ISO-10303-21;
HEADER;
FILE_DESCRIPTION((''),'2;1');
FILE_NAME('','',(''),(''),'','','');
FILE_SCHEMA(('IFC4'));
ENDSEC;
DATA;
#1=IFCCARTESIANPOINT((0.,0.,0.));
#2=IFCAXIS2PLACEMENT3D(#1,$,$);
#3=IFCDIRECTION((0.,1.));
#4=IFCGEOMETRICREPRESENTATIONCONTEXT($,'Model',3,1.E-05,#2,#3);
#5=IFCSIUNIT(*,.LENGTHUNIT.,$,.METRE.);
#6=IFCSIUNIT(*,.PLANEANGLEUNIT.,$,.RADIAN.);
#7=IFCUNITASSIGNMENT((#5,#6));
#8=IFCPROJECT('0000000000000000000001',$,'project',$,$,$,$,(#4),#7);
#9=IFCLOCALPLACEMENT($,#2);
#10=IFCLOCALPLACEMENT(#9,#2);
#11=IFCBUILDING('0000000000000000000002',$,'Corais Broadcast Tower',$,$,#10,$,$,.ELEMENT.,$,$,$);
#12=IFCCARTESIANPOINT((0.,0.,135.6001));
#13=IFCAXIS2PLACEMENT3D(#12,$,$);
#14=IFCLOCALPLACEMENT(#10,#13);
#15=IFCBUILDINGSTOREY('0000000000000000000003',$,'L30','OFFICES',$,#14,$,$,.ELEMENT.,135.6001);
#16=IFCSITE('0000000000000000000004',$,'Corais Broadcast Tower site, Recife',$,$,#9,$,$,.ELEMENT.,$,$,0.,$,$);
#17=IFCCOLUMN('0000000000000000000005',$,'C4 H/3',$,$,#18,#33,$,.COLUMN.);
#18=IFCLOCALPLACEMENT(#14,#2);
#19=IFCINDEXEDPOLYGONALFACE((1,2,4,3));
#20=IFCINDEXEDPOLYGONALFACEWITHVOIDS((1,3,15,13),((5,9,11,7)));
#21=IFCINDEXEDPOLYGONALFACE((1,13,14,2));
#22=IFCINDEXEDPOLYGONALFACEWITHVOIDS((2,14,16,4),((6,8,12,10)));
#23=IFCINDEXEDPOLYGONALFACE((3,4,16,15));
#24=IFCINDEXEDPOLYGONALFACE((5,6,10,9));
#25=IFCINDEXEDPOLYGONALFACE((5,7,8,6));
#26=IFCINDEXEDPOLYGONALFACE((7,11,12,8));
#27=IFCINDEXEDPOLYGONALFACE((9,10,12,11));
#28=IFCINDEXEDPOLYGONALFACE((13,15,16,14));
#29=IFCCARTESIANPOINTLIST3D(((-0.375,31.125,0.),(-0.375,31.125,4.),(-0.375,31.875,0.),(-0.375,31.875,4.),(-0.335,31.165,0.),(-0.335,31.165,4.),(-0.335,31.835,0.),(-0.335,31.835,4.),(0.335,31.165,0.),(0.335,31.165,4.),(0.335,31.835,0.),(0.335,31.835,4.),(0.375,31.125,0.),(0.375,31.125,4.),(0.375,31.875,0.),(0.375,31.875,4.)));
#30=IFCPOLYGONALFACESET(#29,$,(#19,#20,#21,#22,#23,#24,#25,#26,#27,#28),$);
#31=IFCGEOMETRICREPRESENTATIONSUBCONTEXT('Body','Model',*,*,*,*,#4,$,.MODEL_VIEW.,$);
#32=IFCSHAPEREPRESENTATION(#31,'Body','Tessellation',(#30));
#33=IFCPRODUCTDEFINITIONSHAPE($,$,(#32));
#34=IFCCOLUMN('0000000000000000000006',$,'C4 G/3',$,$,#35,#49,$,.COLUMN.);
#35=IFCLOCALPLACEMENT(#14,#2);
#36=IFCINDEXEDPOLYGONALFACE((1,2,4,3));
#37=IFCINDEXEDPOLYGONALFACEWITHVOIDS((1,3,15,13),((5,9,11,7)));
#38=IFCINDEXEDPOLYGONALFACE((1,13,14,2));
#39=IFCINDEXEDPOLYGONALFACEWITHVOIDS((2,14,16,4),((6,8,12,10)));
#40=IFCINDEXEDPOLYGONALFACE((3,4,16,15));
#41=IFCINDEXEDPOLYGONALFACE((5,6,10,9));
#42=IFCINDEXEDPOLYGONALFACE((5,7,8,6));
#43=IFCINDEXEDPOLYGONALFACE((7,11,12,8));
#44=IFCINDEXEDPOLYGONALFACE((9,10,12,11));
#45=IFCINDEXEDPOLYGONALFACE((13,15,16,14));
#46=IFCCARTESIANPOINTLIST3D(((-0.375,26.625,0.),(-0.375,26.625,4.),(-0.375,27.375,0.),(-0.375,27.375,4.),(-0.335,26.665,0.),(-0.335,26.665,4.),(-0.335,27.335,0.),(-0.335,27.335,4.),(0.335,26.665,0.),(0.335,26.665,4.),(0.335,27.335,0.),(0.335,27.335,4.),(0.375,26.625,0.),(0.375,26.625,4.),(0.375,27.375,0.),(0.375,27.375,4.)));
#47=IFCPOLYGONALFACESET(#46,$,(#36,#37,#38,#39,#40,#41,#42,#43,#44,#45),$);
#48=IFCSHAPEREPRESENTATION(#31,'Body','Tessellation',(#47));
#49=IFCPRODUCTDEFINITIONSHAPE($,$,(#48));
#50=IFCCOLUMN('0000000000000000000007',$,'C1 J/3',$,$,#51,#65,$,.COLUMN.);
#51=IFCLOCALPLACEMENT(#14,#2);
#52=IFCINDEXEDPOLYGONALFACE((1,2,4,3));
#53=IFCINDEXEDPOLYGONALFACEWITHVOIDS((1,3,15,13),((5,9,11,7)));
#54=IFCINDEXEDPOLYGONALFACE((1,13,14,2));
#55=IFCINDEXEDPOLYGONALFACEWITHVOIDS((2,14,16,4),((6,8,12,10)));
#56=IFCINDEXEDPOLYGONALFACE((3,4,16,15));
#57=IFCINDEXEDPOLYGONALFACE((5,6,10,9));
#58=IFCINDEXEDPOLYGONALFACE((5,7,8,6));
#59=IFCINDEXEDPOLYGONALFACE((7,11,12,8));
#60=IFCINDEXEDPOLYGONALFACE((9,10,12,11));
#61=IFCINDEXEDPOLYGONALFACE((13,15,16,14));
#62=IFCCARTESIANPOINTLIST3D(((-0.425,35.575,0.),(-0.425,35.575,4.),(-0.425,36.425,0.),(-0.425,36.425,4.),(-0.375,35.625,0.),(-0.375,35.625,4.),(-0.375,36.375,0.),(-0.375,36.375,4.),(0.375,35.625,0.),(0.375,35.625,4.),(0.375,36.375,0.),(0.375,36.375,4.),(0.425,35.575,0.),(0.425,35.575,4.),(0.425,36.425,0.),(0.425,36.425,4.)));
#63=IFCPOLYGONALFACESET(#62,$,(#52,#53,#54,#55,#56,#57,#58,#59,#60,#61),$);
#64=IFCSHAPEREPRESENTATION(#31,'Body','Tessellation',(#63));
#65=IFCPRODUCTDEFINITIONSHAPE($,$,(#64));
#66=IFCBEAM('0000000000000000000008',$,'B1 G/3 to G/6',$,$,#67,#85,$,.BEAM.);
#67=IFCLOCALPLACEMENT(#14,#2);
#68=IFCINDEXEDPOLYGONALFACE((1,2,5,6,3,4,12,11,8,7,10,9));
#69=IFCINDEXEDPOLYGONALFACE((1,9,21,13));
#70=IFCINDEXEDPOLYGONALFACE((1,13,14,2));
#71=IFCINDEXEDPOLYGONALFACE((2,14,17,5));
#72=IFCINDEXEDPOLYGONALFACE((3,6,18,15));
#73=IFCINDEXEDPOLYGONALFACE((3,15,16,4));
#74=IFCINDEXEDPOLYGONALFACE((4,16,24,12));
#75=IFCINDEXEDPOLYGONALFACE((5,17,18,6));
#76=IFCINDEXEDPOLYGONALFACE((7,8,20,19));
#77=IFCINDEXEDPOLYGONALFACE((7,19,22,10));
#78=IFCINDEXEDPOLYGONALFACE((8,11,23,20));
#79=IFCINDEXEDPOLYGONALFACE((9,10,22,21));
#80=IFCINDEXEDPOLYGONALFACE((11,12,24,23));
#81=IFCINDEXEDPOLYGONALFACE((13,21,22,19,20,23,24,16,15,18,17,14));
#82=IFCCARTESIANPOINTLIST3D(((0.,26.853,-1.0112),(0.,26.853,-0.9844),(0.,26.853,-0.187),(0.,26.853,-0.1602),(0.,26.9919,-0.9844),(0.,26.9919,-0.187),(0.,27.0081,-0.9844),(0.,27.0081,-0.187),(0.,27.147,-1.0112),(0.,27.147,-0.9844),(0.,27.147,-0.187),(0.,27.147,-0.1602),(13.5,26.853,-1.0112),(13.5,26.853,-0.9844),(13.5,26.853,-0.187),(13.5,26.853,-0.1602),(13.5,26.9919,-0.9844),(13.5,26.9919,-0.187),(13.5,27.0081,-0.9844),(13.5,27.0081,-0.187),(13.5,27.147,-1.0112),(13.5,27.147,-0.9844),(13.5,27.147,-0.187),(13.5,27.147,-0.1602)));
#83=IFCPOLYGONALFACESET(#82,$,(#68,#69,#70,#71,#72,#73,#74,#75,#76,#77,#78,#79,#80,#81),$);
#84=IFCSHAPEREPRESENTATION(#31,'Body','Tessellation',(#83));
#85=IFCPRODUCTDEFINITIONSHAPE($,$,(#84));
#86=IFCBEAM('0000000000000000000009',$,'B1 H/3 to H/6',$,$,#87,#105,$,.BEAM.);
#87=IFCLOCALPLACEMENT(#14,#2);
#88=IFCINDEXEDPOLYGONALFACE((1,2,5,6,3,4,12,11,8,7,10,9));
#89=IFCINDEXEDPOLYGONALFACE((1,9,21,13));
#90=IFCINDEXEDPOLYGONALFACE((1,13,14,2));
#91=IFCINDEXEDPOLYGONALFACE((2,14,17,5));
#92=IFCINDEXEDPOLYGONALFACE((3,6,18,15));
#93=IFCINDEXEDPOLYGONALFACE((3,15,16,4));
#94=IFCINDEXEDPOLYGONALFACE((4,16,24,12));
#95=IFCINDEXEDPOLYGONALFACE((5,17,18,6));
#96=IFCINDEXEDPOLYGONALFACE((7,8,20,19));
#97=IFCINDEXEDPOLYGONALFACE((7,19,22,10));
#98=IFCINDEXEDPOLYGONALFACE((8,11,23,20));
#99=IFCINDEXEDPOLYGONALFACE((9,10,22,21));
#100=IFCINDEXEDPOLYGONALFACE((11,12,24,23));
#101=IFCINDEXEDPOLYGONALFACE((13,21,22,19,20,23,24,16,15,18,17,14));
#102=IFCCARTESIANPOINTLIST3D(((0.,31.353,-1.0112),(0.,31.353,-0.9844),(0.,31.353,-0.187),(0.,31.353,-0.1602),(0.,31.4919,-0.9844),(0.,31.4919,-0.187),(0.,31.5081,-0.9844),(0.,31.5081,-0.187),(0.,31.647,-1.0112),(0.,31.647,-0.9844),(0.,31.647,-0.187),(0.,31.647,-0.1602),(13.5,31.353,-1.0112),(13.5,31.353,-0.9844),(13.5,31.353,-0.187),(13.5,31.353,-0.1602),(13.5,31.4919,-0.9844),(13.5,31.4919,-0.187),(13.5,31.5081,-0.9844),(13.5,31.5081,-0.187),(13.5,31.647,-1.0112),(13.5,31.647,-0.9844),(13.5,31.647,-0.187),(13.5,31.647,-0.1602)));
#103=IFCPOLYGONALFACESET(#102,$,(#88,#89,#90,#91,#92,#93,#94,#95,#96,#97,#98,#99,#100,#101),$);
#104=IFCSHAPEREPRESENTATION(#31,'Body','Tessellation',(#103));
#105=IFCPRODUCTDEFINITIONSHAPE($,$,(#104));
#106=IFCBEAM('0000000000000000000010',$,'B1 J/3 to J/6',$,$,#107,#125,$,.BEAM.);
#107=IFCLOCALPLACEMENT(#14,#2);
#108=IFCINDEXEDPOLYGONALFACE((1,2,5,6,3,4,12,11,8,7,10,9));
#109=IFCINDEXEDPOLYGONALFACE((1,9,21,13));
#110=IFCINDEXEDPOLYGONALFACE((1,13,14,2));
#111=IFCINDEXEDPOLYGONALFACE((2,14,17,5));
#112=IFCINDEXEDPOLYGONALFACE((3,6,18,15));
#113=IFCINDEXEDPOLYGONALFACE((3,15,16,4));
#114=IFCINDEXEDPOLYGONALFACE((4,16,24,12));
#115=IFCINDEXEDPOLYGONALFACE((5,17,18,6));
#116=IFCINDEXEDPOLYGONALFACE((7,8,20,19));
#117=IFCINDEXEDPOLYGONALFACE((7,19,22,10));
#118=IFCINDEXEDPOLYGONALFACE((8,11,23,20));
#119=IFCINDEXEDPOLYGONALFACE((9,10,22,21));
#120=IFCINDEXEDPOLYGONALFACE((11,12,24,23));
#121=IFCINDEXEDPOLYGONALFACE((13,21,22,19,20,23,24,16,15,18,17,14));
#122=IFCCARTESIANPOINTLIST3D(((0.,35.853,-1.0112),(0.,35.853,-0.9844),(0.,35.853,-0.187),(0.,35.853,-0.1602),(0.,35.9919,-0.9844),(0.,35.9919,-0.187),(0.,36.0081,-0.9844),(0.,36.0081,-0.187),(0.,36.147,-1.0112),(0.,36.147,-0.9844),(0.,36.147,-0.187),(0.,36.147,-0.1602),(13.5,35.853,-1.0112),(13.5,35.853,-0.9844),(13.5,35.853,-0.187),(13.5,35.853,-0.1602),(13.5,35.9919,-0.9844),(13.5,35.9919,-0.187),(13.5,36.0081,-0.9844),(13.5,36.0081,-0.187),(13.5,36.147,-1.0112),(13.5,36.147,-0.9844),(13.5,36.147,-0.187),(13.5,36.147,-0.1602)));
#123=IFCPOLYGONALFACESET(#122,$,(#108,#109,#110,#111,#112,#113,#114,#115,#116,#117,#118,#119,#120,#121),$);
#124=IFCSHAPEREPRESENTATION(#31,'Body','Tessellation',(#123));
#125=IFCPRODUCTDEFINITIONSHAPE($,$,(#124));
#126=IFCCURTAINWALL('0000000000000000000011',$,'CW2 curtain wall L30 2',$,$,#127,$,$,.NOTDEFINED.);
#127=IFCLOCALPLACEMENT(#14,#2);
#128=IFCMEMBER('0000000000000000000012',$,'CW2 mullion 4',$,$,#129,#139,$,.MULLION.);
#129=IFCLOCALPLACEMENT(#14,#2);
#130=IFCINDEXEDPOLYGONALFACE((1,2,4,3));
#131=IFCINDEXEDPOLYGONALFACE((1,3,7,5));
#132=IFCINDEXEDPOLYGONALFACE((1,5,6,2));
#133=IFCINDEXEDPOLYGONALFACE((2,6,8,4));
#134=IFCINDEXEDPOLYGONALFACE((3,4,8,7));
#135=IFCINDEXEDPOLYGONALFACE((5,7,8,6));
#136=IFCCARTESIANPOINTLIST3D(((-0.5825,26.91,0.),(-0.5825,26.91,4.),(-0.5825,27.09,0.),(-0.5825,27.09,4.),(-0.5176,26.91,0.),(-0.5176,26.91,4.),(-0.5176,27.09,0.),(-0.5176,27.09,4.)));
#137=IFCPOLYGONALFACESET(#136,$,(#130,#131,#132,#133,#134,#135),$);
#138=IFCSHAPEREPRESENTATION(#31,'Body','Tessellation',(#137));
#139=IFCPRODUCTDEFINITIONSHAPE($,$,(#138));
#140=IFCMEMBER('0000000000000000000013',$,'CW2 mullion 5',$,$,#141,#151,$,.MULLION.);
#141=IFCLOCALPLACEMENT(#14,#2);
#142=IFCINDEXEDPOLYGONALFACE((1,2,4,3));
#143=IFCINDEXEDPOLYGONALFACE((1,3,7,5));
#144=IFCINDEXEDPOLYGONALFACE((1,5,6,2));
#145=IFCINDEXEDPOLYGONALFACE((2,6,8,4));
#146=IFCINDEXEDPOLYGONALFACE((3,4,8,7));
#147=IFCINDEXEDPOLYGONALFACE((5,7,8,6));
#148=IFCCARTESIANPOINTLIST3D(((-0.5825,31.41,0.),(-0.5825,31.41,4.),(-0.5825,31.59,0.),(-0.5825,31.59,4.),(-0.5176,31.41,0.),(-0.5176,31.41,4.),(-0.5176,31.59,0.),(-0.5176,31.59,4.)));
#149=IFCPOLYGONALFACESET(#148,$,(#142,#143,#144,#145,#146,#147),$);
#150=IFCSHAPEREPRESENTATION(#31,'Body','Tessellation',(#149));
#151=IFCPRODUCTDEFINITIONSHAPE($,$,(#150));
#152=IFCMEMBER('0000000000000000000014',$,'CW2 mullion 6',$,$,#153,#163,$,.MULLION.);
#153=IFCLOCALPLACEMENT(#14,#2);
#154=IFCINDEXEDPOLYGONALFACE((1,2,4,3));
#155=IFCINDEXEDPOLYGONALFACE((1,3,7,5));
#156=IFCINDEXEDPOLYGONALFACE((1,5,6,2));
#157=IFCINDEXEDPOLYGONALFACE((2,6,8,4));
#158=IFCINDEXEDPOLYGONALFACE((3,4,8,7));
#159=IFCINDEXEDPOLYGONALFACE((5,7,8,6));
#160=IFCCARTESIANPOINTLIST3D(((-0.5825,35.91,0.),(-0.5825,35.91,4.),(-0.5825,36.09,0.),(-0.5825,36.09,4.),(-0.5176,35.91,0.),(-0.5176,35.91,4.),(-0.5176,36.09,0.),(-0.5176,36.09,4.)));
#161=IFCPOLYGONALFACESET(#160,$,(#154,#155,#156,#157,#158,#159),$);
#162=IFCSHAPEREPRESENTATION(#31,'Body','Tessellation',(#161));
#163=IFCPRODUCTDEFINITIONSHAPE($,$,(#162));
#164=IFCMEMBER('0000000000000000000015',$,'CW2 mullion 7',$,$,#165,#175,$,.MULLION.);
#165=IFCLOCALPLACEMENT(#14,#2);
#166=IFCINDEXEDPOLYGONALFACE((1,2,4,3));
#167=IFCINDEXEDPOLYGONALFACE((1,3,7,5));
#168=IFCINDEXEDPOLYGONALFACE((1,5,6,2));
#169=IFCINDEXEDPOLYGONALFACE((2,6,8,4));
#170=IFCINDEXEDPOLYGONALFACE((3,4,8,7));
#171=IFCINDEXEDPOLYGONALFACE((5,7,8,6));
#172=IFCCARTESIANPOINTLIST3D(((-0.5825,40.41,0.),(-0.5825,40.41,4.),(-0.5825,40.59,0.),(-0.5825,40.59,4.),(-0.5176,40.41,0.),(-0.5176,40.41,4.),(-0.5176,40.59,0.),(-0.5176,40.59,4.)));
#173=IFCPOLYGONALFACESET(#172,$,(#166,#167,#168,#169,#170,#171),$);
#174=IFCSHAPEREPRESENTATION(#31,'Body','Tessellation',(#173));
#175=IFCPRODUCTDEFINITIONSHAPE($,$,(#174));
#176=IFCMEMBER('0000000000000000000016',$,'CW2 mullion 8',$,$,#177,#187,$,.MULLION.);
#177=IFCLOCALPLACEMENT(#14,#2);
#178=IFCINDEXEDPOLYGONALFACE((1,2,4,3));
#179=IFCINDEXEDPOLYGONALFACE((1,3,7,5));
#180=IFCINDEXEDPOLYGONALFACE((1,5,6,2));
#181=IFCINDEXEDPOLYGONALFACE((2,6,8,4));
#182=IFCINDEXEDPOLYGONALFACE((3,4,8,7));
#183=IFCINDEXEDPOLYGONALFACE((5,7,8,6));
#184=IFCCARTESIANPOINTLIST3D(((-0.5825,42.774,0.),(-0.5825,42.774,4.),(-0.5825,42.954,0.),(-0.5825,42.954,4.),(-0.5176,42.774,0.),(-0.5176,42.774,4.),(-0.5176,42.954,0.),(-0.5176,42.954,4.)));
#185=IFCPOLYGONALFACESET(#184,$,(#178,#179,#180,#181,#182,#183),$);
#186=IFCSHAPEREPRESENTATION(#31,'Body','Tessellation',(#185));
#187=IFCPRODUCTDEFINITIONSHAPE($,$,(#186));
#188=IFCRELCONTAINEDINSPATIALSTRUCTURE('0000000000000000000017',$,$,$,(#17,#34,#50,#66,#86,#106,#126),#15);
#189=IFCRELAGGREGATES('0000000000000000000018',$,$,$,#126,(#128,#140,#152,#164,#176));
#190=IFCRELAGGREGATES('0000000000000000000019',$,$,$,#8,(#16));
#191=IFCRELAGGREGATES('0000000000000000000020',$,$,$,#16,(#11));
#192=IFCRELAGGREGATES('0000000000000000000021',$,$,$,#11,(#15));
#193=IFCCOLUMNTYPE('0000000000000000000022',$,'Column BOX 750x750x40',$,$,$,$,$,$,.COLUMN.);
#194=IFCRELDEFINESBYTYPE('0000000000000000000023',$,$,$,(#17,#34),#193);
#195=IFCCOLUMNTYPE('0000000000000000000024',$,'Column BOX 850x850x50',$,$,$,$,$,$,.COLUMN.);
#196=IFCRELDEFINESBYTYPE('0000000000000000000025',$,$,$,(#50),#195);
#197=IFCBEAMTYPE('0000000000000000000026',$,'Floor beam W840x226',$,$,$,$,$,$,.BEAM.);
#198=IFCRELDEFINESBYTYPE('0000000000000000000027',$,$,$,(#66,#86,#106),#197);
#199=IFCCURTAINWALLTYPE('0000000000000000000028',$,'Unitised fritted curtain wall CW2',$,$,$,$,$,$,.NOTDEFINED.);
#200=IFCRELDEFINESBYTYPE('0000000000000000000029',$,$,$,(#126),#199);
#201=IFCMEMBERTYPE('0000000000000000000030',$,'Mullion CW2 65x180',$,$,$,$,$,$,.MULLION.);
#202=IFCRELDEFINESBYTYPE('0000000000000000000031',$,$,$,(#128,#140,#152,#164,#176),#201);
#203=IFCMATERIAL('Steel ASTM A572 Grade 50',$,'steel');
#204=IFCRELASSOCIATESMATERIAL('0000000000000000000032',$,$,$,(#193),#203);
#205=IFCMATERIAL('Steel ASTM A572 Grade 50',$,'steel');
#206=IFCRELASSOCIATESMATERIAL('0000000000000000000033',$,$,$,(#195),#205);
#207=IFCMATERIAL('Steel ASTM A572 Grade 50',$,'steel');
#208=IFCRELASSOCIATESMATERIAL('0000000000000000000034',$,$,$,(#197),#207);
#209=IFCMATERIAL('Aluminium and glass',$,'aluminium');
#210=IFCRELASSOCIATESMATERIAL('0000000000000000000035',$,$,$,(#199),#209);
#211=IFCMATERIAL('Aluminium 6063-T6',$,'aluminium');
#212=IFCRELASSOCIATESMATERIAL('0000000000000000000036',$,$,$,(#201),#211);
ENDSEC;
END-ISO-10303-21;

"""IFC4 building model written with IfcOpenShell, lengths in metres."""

from ifc_helpers import new_model, si_unit, direction, frame, origin, origin_2d, place, context, subcontext, project, spatial, rectangle, hollow_rectangle, i_section, extrude, material, material_profile, profile_set, type_object, element, aggregate, save


model = new_model("IFC4")

# Units and contexts
model_context = context("Model", 3, precision=1e-05, world=origin(), true_north=direction((0.0, 1.0)))
body_context = subcontext(model_context, "Body", "Model", "MODEL_VIEW")
ifc_project = project(units=[si_unit("LENGTHUNIT", "METRE"), si_unit("PLANEANGLEUNIT", "RADIAN")], contexts=[model_context])

# Site, building, storey
site_placement = place(None, origin())
site = spatial("IfcSite", under=ifc_project, at=site_placement, Name="Corais Broadcast Tower site, Recife", CompositionType="ELEMENT", RefElevation=0.0)
building_placement = place(site_placement, origin())
building = spatial("IfcBuilding", under=site, at=building_placement, Name="Corais Broadcast Tower", CompositionType="ELEMENT")
storey_placement = place(building_placement, frame((0.0, 0.0, 135.6001)))
storey = spatial("IfcBuildingStorey", under=building, at=storey_placement, Name="L30", Description="OFFICES", CompositionType="ELEMENT", Elevation=135.6001)

# Columns
ifc_material_1 = material(Name="Steel ASTM A572 Grade 50", Category="steel")
ifc_material_profile_1 = material_profile(ifc_material_1, hollow_rectangle(XDim=0.75, YDim=0.75, WallThickness=0.04, at=origin_2d()), Name="BOX 750x750x40")
ifc_profile_set_1 = profile_set([ifc_material_profile_1], Name="Steel ASTM A572 Grade 50")
column_type_1 = type_object("IfcColumnType", Name="Column BOX 750x750x40", PredefinedType="COLUMN", material=ifc_profile_set_1)
for number, where, z_axis, x_axis, name in (
    (1, (0.0, 31.5, 0.0), (0.0, 0.0, 1.0), (1.0, 0.0, 0.0), "C4 H/3"),
    (2, (0.0, 27.0, 0.0), (0.0, 0.0, 1.0), (1.0, 0.0, 0.0), "C4 G/3"),
):
    element("IfcColumn", number, at=place(storey_placement, frame(where, z_axis=z_axis, x_axis=x_axis)), inside=storey, type_object=column_type_1, Name=name, PredefinedType="COLUMN", context=body_context, shape_type="SweptSolid", body=[
        extrude(hollow_rectangle(XDim=0.75, YDim=0.75, WallThickness=0.04, at=origin_2d()), origin(), (0.0, 0.0, 1.0), 4.0),
    ])
ifc_material_2 = material(Name="Steel ASTM A572 Grade 50", Category="steel")
ifc_material_profile_2 = material_profile(ifc_material_2, hollow_rectangle(XDim=0.8501, YDim=0.8501, WallThickness=0.05, at=origin_2d()), Name="BOX 850x850x50")
ifc_profile_set_2 = profile_set([ifc_material_profile_2], Name="Steel ASTM A572 Grade 50")
column_type_2 = type_object("IfcColumnType", Name="Column BOX 850x850x50", PredefinedType="COLUMN", material=ifc_profile_set_2)
column_placement = place(storey_placement, frame((0.0, 36.0, 0.0), z_axis=(0.0, 0.0, 1.0), x_axis=(1.0, 0.0, 0.0)))
element("IfcColumn", 3, at=column_placement, inside=storey, type_object=column_type_2, Name="C1 J/3", PredefinedType="COLUMN", context=body_context, shape_type="SweptSolid", body=[
    extrude(hollow_rectangle(XDim=0.8501, YDim=0.8501, WallThickness=0.05, at=origin_2d()), origin(), (0.0, 0.0, 1.0), 4.0),
])

# Beams
ifc_material_3 = material(Name="Steel ASTM A572 Grade 50", Category="steel")
ifc_material_profile_3 = material_profile(ifc_material_3, i_section(OverallWidth=0.2939, OverallDepth=0.8511, WebThickness=0.0161, FlangeThickness=0.0269, at=origin_2d()), Name="W840x226")
ifc_profile_set_3 = profile_set([ifc_material_profile_3], Name="Steel ASTM A572 Grade 50")
beam_type_1 = type_object("IfcBeamType", Name="Floor beam W840x226", PredefinedType="BEAM", material=ifc_profile_set_3)
for number, where, z_axis, x_axis, name in (
    (4, (0.0, 27.0, -0.5857), (1.0, 0.0, 0.0), (0.0, 1.0, 0.0), "B1 G/3 to G/6"),
    (5, (0.0, 31.5, -0.5857), (1.0, 0.0, 0.0), (0.0, 1.0, 0.0), "B1 H/3 to H/6"),
    (6, (0.0, 36.0, -0.5857), (1.0, 0.0, 0.0), (0.0, 1.0, 0.0), "B1 J/3 to J/6"),
):
    element("IfcBeam", number, at=place(storey_placement, frame(where, z_axis=z_axis, x_axis=x_axis)), inside=storey, type_object=beam_type_1, Name=name, PredefinedType="BEAM", context=body_context, shape_type="SweptSolid", body=[
        extrude(i_section(OverallWidth=0.2939, OverallDepth=0.8511, WebThickness=0.0161, FlangeThickness=0.0269, at=origin_2d()), origin(), (0.0, 0.0, 1.0), 13.5),
    ])

# Curtain wall, members
ifc_material_4 = material(Name="Aluminium and glass", Category="aluminium")
curtain_wall_type = type_object("IfcCurtainWallType", Name="Unitised fritted curtain wall CW2", PredefinedType="NOTDEFINED", material=ifc_material_4)
curtain_wall_placement = place(storey_placement, origin())
curtain_wall = element("IfcCurtainWall", 7, at=curtain_wall_placement, inside=storey, type_object=curtain_wall_type, Name="CW2 curtain wall L30 2", PredefinedType="NOTDEFINED")
ifc_material_5 = material(Name="Aluminium 6063-T6", Category="aluminium")
ifc_material_profile_4 = material_profile(ifc_material_5, rectangle(XDim=0.0649, YDim=0.1799, at=origin_2d()), Name="Mullion CW2 65x180")
ifc_profile_set_4 = profile_set([ifc_material_profile_4], Name="Aluminium 6063-T6")
member_type_1 = type_object("IfcMemberType", Name="Mullion CW2 65x180", PredefinedType="MULLION", material=ifc_profile_set_4)
member_1_placement = place(storey_placement, frame((-0.55, 27.0, 0.0), z_axis=(0.0, 0.0, 1.0), x_axis=(-1.0, 0.0, 0.0)))
member_1 = element("IfcMember", 8, at=member_1_placement, type_object=member_type_1, Name="CW2 mullion 4", PredefinedType="MULLION", context=body_context, shape_type="SweptSolid", body=[
    extrude(rectangle(XDim=0.0649, YDim=0.1799, at=origin_2d()), origin(), (0.0, 0.0, 1.0), 4.0),
])
member_2_placement = place(storey_placement, frame((-0.55, 31.5, 0.0), z_axis=(0.0, 0.0, 1.0), x_axis=(-1.0, 0.0, 0.0)))
member_2 = element("IfcMember", 9, at=member_2_placement, type_object=member_type_1, Name="CW2 mullion 5", PredefinedType="MULLION", context=body_context, shape_type="SweptSolid", body=[
    extrude(rectangle(XDim=0.0649, YDim=0.1799, at=origin_2d()), origin(), (0.0, 0.0, 1.0), 4.0),
])
member_3_placement = place(storey_placement, frame((-0.55, 36.0, 0.0), z_axis=(0.0, 0.0, 1.0), x_axis=(-1.0, 0.0, 0.0)))
member_3 = element("IfcMember", 10, at=member_3_placement, type_object=member_type_1, Name="CW2 mullion 6", PredefinedType="MULLION", context=body_context, shape_type="SweptSolid", body=[
    extrude(rectangle(XDim=0.0649, YDim=0.1799, at=origin_2d()), origin(), (0.0, 0.0, 1.0), 4.0),
])
member_4_placement = place(storey_placement, frame((-0.55, 40.5, 0.0), z_axis=(0.0, 0.0, 1.0), x_axis=(-1.0, 0.0, 0.0)))
member_4 = element("IfcMember", 11, at=member_4_placement, type_object=member_type_1, Name="CW2 mullion 7", PredefinedType="MULLION", context=body_context, shape_type="SweptSolid", body=[
    extrude(rectangle(XDim=0.0649, YDim=0.1799, at=origin_2d()), origin(), (0.0, 0.0, 1.0), 4.0),
])
member_5_placement = place(storey_placement, frame((-0.55, 42.864, 0.0), z_axis=(0.0, 0.0, 1.0), x_axis=(-1.0, 0.0, 0.0)))
member_5 = element("IfcMember", 12, at=member_5_placement, type_object=member_type_1, Name="CW2 mullion 8", PredefinedType="MULLION", context=body_context, shape_type="SweptSolid", body=[
    extrude(rectangle(XDim=0.0649, YDim=0.1799, at=origin_2d()), origin(), (0.0, 0.0, 1.0), 4.0),
])

aggregate(curtain_wall, [member_1, member_2, member_3, member_4, member_5])

save(model, "model.ifc")
